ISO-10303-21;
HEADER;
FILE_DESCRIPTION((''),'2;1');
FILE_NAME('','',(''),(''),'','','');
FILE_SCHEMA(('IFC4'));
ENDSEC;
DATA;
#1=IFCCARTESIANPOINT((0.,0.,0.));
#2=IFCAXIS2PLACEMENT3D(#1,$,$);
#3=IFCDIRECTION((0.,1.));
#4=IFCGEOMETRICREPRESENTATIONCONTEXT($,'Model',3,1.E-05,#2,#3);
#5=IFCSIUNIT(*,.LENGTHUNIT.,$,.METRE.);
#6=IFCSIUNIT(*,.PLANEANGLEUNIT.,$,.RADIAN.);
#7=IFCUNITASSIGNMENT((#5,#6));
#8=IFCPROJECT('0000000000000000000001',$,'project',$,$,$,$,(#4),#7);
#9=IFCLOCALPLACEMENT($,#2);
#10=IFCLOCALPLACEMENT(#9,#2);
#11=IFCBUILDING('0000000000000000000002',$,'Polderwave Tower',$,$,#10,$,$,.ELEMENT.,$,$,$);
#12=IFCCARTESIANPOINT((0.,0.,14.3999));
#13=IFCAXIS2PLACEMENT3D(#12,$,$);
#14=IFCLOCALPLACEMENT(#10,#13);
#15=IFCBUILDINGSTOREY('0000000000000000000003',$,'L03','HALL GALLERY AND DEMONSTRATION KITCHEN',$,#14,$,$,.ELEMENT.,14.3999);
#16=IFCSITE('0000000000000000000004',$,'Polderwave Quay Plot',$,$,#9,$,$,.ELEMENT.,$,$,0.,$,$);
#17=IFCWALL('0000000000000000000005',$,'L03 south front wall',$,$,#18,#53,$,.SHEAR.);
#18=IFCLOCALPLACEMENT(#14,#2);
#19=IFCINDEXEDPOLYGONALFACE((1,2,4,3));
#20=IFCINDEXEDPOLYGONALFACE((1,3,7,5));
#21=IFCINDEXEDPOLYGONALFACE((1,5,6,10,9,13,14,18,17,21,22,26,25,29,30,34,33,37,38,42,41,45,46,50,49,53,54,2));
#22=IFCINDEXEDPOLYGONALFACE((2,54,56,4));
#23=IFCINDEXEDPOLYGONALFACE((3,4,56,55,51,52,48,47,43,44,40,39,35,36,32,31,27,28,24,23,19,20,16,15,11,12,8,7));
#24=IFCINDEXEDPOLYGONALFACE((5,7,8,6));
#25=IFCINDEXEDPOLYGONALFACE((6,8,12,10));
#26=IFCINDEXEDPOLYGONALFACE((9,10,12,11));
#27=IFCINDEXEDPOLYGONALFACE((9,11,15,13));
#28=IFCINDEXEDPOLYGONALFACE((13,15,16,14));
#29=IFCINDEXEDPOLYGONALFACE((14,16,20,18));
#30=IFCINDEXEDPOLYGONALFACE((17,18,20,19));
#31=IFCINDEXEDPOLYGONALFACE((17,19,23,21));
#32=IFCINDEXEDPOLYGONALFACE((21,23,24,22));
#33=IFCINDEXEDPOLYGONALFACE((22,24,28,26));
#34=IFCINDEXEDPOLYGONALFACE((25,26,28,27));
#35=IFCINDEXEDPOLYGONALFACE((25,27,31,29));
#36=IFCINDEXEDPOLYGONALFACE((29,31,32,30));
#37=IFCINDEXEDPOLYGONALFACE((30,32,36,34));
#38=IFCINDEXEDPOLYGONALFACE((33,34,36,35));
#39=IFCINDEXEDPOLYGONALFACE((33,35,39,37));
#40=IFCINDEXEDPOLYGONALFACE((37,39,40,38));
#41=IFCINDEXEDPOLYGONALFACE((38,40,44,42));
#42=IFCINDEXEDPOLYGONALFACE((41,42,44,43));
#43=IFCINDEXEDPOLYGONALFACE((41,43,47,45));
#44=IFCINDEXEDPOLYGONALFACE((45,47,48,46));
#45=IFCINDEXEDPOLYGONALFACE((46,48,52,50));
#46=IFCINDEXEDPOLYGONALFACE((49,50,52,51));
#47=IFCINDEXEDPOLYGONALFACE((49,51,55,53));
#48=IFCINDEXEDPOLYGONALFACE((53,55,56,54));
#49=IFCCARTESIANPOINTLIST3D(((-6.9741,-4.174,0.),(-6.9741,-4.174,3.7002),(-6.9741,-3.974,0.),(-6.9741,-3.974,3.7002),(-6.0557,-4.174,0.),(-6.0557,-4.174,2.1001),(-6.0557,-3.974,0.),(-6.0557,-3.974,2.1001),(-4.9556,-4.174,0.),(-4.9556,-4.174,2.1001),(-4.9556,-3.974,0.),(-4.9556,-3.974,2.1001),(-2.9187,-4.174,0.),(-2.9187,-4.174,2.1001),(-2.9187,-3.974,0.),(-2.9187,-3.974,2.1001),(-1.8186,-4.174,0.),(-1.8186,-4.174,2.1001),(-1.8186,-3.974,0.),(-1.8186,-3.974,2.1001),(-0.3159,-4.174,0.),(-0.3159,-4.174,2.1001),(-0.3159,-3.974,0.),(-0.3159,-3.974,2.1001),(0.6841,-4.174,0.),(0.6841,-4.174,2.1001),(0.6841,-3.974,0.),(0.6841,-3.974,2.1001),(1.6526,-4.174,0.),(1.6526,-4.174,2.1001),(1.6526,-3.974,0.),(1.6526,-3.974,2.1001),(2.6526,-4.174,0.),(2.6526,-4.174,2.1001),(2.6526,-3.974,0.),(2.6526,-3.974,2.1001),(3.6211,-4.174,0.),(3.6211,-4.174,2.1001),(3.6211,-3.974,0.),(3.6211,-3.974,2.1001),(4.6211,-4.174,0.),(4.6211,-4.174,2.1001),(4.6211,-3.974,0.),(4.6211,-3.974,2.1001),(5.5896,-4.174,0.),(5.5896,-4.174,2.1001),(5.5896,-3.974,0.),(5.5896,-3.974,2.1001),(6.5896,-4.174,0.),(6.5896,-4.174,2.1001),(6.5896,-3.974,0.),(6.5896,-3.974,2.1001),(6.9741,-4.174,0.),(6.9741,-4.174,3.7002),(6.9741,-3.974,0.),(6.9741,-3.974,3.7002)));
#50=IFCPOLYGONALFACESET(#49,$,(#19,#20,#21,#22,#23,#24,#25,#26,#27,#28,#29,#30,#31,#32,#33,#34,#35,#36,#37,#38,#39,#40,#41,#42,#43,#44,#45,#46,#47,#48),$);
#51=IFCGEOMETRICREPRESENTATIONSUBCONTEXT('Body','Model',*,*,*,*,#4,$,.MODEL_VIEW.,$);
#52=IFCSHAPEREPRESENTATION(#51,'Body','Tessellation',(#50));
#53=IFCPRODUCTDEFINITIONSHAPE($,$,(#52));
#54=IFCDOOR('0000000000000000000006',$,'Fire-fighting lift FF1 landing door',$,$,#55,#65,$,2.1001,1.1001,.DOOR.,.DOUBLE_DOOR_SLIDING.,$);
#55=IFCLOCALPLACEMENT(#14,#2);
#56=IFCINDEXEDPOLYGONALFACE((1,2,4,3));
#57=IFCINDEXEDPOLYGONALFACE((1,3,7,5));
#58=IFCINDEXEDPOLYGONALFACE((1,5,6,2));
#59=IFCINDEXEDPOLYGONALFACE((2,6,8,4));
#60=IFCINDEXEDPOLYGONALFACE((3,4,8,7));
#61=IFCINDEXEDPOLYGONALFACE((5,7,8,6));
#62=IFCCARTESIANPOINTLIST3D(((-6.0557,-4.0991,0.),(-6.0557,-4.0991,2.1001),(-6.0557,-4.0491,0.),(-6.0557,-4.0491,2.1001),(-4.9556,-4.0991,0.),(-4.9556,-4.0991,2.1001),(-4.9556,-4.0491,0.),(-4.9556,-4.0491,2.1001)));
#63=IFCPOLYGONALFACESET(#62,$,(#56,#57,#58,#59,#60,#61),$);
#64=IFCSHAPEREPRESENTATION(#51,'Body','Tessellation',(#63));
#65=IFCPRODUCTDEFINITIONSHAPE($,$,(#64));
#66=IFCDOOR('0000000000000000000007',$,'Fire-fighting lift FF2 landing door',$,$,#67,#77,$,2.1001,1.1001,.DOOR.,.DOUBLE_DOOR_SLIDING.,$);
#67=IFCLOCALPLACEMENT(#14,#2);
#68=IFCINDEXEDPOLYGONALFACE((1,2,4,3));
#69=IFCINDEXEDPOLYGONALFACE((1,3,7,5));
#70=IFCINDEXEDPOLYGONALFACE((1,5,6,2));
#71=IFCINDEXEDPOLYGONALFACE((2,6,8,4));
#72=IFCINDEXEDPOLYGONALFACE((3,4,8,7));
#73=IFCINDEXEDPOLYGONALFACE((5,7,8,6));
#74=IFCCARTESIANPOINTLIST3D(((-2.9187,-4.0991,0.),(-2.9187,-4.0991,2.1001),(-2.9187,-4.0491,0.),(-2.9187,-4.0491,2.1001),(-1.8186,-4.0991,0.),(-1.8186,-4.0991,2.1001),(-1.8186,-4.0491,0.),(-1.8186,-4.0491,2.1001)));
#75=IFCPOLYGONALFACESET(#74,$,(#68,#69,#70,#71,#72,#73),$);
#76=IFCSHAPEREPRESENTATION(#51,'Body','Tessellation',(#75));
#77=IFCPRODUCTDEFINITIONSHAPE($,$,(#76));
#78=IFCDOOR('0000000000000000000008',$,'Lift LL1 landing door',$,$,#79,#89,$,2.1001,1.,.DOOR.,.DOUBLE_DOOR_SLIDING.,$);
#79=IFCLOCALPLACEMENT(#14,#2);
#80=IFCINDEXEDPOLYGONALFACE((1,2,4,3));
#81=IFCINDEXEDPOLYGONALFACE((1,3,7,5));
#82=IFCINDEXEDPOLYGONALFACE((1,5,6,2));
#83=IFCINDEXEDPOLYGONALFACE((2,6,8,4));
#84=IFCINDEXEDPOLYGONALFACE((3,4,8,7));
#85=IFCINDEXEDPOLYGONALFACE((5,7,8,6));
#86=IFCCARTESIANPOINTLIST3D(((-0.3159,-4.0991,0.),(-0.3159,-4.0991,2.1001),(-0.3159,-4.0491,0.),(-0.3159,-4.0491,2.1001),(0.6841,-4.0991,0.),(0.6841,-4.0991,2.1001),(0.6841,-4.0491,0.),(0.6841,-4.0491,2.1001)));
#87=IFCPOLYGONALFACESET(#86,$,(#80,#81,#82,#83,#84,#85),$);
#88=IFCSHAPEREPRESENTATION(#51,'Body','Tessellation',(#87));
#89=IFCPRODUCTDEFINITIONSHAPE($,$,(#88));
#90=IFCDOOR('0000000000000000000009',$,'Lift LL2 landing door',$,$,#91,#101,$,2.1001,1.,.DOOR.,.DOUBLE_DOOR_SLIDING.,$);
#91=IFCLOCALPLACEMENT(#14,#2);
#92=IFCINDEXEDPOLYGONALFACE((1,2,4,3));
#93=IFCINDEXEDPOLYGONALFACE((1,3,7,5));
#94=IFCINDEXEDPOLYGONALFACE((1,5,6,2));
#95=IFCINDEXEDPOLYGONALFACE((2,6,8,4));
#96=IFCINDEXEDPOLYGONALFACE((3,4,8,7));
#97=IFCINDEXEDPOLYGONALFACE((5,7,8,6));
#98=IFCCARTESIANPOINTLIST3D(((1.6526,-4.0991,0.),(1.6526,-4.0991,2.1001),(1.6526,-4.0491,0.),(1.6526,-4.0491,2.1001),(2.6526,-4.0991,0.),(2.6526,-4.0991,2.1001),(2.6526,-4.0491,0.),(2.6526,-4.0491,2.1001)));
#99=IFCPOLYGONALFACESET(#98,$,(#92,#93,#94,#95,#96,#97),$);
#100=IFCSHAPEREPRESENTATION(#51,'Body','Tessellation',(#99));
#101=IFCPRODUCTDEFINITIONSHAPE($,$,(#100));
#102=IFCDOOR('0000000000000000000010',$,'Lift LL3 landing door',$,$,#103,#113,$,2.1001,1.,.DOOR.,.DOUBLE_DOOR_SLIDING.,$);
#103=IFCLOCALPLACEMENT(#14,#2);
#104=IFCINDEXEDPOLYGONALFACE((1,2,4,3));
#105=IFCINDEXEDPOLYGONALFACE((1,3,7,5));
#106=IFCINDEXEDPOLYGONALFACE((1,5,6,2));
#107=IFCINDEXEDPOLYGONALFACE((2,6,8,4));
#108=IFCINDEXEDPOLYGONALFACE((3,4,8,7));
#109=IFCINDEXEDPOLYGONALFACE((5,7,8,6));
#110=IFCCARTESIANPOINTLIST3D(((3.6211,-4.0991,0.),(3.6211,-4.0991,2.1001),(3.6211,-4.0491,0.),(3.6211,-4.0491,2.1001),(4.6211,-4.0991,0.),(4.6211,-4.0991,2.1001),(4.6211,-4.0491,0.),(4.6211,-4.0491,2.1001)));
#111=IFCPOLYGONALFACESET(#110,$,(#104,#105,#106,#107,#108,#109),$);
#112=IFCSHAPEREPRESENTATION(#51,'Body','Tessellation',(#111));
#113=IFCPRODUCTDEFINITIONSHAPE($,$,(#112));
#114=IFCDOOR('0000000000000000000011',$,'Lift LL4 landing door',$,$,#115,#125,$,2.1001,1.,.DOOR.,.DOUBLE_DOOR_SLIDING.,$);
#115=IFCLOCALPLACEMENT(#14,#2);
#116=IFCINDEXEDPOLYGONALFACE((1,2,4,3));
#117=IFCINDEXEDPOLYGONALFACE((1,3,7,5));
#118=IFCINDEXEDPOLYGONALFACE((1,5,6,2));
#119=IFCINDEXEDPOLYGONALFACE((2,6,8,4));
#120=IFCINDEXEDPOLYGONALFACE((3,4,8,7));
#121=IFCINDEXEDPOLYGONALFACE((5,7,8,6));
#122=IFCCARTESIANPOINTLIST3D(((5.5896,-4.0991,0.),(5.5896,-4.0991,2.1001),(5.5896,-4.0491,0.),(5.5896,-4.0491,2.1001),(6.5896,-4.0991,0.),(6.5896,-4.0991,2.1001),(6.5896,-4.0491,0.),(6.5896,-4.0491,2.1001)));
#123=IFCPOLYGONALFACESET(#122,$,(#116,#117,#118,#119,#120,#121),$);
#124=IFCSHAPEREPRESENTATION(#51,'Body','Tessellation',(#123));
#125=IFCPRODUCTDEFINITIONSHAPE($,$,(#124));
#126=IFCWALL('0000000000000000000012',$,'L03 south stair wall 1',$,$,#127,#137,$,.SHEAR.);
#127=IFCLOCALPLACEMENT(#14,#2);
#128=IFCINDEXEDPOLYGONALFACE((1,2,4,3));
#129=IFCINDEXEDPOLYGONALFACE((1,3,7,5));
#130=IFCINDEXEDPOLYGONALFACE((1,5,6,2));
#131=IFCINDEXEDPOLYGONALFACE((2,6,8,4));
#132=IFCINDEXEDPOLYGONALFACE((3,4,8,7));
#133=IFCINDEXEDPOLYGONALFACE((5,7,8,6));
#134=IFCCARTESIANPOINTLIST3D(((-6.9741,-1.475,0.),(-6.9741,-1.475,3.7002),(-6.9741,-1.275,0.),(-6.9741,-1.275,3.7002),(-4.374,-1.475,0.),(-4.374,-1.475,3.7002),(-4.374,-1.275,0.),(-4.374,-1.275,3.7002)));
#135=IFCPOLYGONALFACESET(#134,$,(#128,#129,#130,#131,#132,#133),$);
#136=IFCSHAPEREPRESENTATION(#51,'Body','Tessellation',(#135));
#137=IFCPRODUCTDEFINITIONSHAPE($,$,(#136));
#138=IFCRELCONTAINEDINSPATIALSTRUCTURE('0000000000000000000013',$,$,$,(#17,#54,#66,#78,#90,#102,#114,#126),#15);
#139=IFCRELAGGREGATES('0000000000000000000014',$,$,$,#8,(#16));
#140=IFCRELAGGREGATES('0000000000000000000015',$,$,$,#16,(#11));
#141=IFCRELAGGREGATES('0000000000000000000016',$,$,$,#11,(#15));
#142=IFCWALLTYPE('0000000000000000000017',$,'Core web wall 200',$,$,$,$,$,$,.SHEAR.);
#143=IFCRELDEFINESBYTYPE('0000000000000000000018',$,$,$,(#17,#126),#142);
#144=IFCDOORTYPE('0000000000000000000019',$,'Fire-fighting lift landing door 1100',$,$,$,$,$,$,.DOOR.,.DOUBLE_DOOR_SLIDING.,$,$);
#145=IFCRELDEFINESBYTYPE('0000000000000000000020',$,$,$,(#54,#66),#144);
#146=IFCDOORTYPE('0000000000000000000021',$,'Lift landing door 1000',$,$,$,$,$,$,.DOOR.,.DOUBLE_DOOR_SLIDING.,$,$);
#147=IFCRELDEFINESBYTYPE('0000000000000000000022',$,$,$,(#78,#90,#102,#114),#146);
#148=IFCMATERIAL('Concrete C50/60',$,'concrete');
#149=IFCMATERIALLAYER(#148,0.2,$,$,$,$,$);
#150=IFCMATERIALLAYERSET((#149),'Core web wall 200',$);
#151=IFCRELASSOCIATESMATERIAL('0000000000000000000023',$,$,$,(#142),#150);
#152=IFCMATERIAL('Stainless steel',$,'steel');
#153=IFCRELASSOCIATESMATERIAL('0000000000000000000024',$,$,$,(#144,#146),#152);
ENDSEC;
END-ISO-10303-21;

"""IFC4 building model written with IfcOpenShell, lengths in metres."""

from ifc_helpers import new_model, si_unit, direction, frame, frame_2d, origin, place, context, subcontext, project, spatial, rectangle, extrude, material, layer, layer_set, type_object, element, fill, save


model = new_model("IFC4")

# Units and contexts
model_context = context("Model", 3, precision=1e-05, world=origin(), true_north=direction((0.0, 1.0)))
body_context = subcontext(model_context, "Body", "Model", "MODEL_VIEW")
ifc_project = project(units=[si_unit("LENGTHUNIT", "METRE"), si_unit("PLANEANGLEUNIT", "RADIAN")], contexts=[model_context])

# Site, building, storey
site_placement = place(None, origin())
site = spatial("IfcSite", under=ifc_project, at=site_placement, Name="Polderwave Quay Plot", CompositionType="ELEMENT", RefElevation=0.0)
building_placement = place(site_placement, origin())
building = spatial("IfcBuilding", under=site, at=building_placement, Name="Polderwave Tower", CompositionType="ELEMENT")
storey_placement = place(building_placement, frame((0.0, 0.0, 14.3999)))
storey = spatial("IfcBuildingStorey", under=building, at=storey_placement, Name="L03", Description="HALL GALLERY AND DEMONSTRATION KITCHEN", CompositionType="ELEMENT", Elevation=14.3999)

# Wall, openings, doors
ifc_material_1 = material(Name="Concrete C50/60", Category="concrete")
ifc_layer_1 = layer(ifc_material_1, 0.2)
ifc_layer_set_1 = layer_set([ifc_layer_1], Name="Core web wall 200")
wall_type_1 = type_object("IfcWallType", Name="Core web wall 200", PredefinedType="SHEAR", material=ifc_layer_set_1)
wall_1_placement = place(storey_placement, frame((-6.9741, -4.074, 0.0), z_axis=(0.0, 0.0, 1.0), x_axis=(1.0, 0.0, 0.0)))
wall_1 = element("IfcWall", 1, at=wall_1_placement, inside=storey, type_object=wall_type_1, Name="L03 south front wall", PredefinedType="SHEAR", context=body_context, shape_type="SweptSolid", body=[
    extrude(rectangle(XDim=13.9482, YDim=0.2, at=frame_2d((6.9741, 0.0))), origin(), (0.0, 0.0, 1.0), 3.7002),
])
opening_1_placement = place(wall_1_placement, frame((0.9185, 0.0, 0.0)))
opening_1 = element("IfcOpeningElement", 2, at=opening_1_placement, cuts=wall_1, PredefinedType="OPENING", context=body_context, shape_type="SweptSolid", body=[
    extrude(rectangle(XDim=1.1001, YDim=2.1001, at=frame_2d((0.55, 1.05))), frame((0.0, 0.1099, 0.0), z_axis=(0.0, -1.0, 0.0), x_axis=(1.0, 0.0, 0.0)), (0.0, 0.0, 1.0), 0.22),
])
opening_2_placement = place(wall_1_placement, frame((4.0554, 0.0, 0.0)))
opening_2 = element("IfcOpeningElement", 3, at=opening_2_placement, cuts=wall_1, PredefinedType="OPENING", context=body_context, shape_type="SweptSolid", body=[
    extrude(rectangle(XDim=1.1001, YDim=2.1001, at=frame_2d((0.55, 1.05))), frame((0.0, 0.1099, 0.0), z_axis=(0.0, -1.0, 0.0), x_axis=(1.0, 0.0, 0.0)), (0.0, 0.0, 1.0), 0.22),
])
opening_3_placement = place(wall_1_placement, frame((6.6582, 0.0, 0.0)))
opening_3 = element("IfcOpeningElement", 4, at=opening_3_placement, cuts=wall_1, PredefinedType="OPENING", context=body_context, shape_type="SweptSolid", body=[
    extrude(rectangle(XDim=1.0, YDim=2.1001, at=frame_2d((0.5, 1.05))), frame((0.0, 0.1099, 0.0), z_axis=(0.0, -1.0, 0.0), x_axis=(1.0, 0.0, 0.0)), (0.0, 0.0, 1.0), 0.22),
])
opening_4_placement = place(wall_1_placement, frame((8.6267, 0.0, 0.0)))
opening_4 = element("IfcOpeningElement", 5, at=opening_4_placement, cuts=wall_1, PredefinedType="OPENING", context=body_context, shape_type="SweptSolid", body=[
    extrude(rectangle(XDim=1.0, YDim=2.1001, at=frame_2d((0.5, 1.05))), frame((0.0, 0.1099, 0.0), z_axis=(0.0, -1.0, 0.0), x_axis=(1.0, 0.0, 0.0)), (0.0, 0.0, 1.0), 0.22),
])
opening_5_placement = place(wall_1_placement, frame((10.5952, 0.0, 0.0)))
opening_5 = element("IfcOpeningElement", 6, at=opening_5_placement, cuts=wall_1, PredefinedType="OPENING", context=body_context, shape_type="SweptSolid", body=[
    extrude(rectangle(XDim=1.0, YDim=2.1001, at=frame_2d((0.5, 1.05))), frame((0.0, 0.1099, 0.0), z_axis=(0.0, -1.0, 0.0), x_axis=(1.0, 0.0, 0.0)), (0.0, 0.0, 1.0), 0.22),
])
opening_6_placement = place(wall_1_placement, frame((12.5637, 0.0, 0.0)))
opening_6 = element("IfcOpeningElement", 7, at=opening_6_placement, cuts=wall_1, PredefinedType="OPENING", context=body_context, shape_type="SweptSolid", body=[
    extrude(rectangle(XDim=1.0, YDim=2.1001, at=frame_2d((0.5, 1.05))), frame((0.0, 0.1099, 0.0), z_axis=(0.0, -1.0, 0.0), x_axis=(1.0, 0.0, 0.0)), (0.0, 0.0, 1.0), 0.22),
])
ifc_material_2 = material(Name="Stainless steel", Category="steel")
door_type_1 = type_object("IfcDoorType", Name="Fire-fighting lift landing door 1100", OperationType="DOUBLE_DOOR_SLIDING", PredefinedType="DOOR", material=ifc_material_2)
door_1_placement = place(opening_1_placement, origin())
door_1 = element("IfcDoor", 8, at=door_1_placement, inside=storey, type_object=door_type_1, Name="Fire-fighting lift FF1 landing door", OperationType="DOUBLE_DOOR_SLIDING", OverallHeight=2.1001, OverallWidth=1.1001, PredefinedType="DOOR", context=body_context, shape_type="SweptSolid", body=[
    extrude(rectangle(XDim=1.1001, YDim=2.1001, at=frame_2d((0.55, 1.05))), frame((0.0, 0.0249, 0.0), z_axis=(0.0, -1.0, 0.0), x_axis=(1.0, 0.0, 0.0)), (0.0, 0.0, 1.0), 0.05),
])
fill(opening_1, door_1)
door_2_placement = place(opening_2_placement, origin())
door_2 = element("IfcDoor", 9, at=door_2_placement, inside=storey, type_object=door_type_1, Name="Fire-fighting lift FF2 landing door", OperationType="DOUBLE_DOOR_SLIDING", OverallHeight=2.1001, OverallWidth=1.1001, PredefinedType="DOOR", context=body_context, shape_type="SweptSolid", body=[
    extrude(rectangle(XDim=1.1001, YDim=2.1001, at=frame_2d((0.55, 1.05))), frame((0.0, 0.0249, 0.0), z_axis=(0.0, -1.0, 0.0), x_axis=(1.0, 0.0, 0.0)), (0.0, 0.0, 1.0), 0.05),
])
fill(opening_2, door_2)
door_type_2 = type_object("IfcDoorType", Name="Lift landing door 1000", OperationType="DOUBLE_DOOR_SLIDING", PredefinedType="DOOR", material=ifc_material_2)
door_3_placement = place(opening_3_placement, origin())
door_3 = element("IfcDoor", 10, at=door_3_placement, inside=storey, type_object=door_type_2, Name="Lift LL1 landing door", OperationType="DOUBLE_DOOR_SLIDING", OverallHeight=2.1001, OverallWidth=1.0, PredefinedType="DOOR", context=body_context, shape_type="SweptSolid", body=[
    extrude(rectangle(XDim=1.0, YDim=2.1001, at=frame_2d((0.5, 1.05))), frame((0.0, 0.0249, 0.0), z_axis=(0.0, -1.0, 0.0), x_axis=(1.0, 0.0, 0.0)), (0.0, 0.0, 1.0), 0.05),
])
fill(opening_3, door_3)
door_4_placement = place(opening_4_placement, origin())
door_4 = element("IfcDoor", 11, at=door_4_placement, inside=storey, type_object=door_type_2, Name="Lift LL2 landing door", OperationType="DOUBLE_DOOR_SLIDING", OverallHeight=2.1001, OverallWidth=1.0, PredefinedType="DOOR", context=body_context, shape_type="SweptSolid", body=[
    extrude(rectangle(XDim=1.0, YDim=2.1001, at=frame_2d((0.5, 1.05))), frame((0.0, 0.0249, 0.0), z_axis=(0.0, -1.0, 0.0), x_axis=(1.0, 0.0, 0.0)), (0.0, 0.0, 1.0), 0.05),
])
fill(opening_4, door_4)
door_5_placement = place(opening_5_placement, origin())
door_5 = element("IfcDoor", 12, at=door_5_placement, inside=storey, type_object=door_type_2, Name="Lift LL3 landing door", OperationType="DOUBLE_DOOR_SLIDING", OverallHeight=2.1001, OverallWidth=1.0, PredefinedType="DOOR", context=body_context, shape_type="SweptSolid", body=[
    extrude(rectangle(XDim=1.0, YDim=2.1001, at=frame_2d((0.5, 1.05))), frame((0.0, 0.0249, 0.0), z_axis=(0.0, -1.0, 0.0), x_axis=(1.0, 0.0, 0.0)), (0.0, 0.0, 1.0), 0.05),
])
fill(opening_5, door_5)
door_6_placement = place(opening_6_placement, origin())
door_6 = element("IfcDoor", 13, at=door_6_placement, inside=storey, type_object=door_type_2, Name="Lift LL4 landing door", OperationType="DOUBLE_DOOR_SLIDING", OverallHeight=2.1001, OverallWidth=1.0, PredefinedType="DOOR", context=body_context, shape_type="SweptSolid", body=[
    extrude(rectangle(XDim=1.0, YDim=2.1001, at=frame_2d((0.5, 1.05))), frame((0.0, 0.0249, 0.0), z_axis=(0.0, -1.0, 0.0), x_axis=(1.0, 0.0, 0.0)), (0.0, 0.0, 1.0), 0.05),
])
fill(opening_6, door_6)

# Wall
wall_2_placement = place(storey_placement, frame((-6.9741, -1.375, 0.0), z_axis=(0.0, 0.0, 1.0), x_axis=(1.0, 0.0, 0.0)))
element("IfcWall", 14, at=wall_2_placement, inside=storey, type_object=wall_type_1, Name="L03 south stair wall 1", PredefinedType="SHEAR", context=body_context, shape_type="SweptSolid", body=[
    extrude(rectangle(XDim=2.6001, YDim=0.2, at=frame_2d((1.3, 0.0))), origin(), (0.0, 0.0, 1.0), 3.7002),
])

save(model, "model.ifc")
